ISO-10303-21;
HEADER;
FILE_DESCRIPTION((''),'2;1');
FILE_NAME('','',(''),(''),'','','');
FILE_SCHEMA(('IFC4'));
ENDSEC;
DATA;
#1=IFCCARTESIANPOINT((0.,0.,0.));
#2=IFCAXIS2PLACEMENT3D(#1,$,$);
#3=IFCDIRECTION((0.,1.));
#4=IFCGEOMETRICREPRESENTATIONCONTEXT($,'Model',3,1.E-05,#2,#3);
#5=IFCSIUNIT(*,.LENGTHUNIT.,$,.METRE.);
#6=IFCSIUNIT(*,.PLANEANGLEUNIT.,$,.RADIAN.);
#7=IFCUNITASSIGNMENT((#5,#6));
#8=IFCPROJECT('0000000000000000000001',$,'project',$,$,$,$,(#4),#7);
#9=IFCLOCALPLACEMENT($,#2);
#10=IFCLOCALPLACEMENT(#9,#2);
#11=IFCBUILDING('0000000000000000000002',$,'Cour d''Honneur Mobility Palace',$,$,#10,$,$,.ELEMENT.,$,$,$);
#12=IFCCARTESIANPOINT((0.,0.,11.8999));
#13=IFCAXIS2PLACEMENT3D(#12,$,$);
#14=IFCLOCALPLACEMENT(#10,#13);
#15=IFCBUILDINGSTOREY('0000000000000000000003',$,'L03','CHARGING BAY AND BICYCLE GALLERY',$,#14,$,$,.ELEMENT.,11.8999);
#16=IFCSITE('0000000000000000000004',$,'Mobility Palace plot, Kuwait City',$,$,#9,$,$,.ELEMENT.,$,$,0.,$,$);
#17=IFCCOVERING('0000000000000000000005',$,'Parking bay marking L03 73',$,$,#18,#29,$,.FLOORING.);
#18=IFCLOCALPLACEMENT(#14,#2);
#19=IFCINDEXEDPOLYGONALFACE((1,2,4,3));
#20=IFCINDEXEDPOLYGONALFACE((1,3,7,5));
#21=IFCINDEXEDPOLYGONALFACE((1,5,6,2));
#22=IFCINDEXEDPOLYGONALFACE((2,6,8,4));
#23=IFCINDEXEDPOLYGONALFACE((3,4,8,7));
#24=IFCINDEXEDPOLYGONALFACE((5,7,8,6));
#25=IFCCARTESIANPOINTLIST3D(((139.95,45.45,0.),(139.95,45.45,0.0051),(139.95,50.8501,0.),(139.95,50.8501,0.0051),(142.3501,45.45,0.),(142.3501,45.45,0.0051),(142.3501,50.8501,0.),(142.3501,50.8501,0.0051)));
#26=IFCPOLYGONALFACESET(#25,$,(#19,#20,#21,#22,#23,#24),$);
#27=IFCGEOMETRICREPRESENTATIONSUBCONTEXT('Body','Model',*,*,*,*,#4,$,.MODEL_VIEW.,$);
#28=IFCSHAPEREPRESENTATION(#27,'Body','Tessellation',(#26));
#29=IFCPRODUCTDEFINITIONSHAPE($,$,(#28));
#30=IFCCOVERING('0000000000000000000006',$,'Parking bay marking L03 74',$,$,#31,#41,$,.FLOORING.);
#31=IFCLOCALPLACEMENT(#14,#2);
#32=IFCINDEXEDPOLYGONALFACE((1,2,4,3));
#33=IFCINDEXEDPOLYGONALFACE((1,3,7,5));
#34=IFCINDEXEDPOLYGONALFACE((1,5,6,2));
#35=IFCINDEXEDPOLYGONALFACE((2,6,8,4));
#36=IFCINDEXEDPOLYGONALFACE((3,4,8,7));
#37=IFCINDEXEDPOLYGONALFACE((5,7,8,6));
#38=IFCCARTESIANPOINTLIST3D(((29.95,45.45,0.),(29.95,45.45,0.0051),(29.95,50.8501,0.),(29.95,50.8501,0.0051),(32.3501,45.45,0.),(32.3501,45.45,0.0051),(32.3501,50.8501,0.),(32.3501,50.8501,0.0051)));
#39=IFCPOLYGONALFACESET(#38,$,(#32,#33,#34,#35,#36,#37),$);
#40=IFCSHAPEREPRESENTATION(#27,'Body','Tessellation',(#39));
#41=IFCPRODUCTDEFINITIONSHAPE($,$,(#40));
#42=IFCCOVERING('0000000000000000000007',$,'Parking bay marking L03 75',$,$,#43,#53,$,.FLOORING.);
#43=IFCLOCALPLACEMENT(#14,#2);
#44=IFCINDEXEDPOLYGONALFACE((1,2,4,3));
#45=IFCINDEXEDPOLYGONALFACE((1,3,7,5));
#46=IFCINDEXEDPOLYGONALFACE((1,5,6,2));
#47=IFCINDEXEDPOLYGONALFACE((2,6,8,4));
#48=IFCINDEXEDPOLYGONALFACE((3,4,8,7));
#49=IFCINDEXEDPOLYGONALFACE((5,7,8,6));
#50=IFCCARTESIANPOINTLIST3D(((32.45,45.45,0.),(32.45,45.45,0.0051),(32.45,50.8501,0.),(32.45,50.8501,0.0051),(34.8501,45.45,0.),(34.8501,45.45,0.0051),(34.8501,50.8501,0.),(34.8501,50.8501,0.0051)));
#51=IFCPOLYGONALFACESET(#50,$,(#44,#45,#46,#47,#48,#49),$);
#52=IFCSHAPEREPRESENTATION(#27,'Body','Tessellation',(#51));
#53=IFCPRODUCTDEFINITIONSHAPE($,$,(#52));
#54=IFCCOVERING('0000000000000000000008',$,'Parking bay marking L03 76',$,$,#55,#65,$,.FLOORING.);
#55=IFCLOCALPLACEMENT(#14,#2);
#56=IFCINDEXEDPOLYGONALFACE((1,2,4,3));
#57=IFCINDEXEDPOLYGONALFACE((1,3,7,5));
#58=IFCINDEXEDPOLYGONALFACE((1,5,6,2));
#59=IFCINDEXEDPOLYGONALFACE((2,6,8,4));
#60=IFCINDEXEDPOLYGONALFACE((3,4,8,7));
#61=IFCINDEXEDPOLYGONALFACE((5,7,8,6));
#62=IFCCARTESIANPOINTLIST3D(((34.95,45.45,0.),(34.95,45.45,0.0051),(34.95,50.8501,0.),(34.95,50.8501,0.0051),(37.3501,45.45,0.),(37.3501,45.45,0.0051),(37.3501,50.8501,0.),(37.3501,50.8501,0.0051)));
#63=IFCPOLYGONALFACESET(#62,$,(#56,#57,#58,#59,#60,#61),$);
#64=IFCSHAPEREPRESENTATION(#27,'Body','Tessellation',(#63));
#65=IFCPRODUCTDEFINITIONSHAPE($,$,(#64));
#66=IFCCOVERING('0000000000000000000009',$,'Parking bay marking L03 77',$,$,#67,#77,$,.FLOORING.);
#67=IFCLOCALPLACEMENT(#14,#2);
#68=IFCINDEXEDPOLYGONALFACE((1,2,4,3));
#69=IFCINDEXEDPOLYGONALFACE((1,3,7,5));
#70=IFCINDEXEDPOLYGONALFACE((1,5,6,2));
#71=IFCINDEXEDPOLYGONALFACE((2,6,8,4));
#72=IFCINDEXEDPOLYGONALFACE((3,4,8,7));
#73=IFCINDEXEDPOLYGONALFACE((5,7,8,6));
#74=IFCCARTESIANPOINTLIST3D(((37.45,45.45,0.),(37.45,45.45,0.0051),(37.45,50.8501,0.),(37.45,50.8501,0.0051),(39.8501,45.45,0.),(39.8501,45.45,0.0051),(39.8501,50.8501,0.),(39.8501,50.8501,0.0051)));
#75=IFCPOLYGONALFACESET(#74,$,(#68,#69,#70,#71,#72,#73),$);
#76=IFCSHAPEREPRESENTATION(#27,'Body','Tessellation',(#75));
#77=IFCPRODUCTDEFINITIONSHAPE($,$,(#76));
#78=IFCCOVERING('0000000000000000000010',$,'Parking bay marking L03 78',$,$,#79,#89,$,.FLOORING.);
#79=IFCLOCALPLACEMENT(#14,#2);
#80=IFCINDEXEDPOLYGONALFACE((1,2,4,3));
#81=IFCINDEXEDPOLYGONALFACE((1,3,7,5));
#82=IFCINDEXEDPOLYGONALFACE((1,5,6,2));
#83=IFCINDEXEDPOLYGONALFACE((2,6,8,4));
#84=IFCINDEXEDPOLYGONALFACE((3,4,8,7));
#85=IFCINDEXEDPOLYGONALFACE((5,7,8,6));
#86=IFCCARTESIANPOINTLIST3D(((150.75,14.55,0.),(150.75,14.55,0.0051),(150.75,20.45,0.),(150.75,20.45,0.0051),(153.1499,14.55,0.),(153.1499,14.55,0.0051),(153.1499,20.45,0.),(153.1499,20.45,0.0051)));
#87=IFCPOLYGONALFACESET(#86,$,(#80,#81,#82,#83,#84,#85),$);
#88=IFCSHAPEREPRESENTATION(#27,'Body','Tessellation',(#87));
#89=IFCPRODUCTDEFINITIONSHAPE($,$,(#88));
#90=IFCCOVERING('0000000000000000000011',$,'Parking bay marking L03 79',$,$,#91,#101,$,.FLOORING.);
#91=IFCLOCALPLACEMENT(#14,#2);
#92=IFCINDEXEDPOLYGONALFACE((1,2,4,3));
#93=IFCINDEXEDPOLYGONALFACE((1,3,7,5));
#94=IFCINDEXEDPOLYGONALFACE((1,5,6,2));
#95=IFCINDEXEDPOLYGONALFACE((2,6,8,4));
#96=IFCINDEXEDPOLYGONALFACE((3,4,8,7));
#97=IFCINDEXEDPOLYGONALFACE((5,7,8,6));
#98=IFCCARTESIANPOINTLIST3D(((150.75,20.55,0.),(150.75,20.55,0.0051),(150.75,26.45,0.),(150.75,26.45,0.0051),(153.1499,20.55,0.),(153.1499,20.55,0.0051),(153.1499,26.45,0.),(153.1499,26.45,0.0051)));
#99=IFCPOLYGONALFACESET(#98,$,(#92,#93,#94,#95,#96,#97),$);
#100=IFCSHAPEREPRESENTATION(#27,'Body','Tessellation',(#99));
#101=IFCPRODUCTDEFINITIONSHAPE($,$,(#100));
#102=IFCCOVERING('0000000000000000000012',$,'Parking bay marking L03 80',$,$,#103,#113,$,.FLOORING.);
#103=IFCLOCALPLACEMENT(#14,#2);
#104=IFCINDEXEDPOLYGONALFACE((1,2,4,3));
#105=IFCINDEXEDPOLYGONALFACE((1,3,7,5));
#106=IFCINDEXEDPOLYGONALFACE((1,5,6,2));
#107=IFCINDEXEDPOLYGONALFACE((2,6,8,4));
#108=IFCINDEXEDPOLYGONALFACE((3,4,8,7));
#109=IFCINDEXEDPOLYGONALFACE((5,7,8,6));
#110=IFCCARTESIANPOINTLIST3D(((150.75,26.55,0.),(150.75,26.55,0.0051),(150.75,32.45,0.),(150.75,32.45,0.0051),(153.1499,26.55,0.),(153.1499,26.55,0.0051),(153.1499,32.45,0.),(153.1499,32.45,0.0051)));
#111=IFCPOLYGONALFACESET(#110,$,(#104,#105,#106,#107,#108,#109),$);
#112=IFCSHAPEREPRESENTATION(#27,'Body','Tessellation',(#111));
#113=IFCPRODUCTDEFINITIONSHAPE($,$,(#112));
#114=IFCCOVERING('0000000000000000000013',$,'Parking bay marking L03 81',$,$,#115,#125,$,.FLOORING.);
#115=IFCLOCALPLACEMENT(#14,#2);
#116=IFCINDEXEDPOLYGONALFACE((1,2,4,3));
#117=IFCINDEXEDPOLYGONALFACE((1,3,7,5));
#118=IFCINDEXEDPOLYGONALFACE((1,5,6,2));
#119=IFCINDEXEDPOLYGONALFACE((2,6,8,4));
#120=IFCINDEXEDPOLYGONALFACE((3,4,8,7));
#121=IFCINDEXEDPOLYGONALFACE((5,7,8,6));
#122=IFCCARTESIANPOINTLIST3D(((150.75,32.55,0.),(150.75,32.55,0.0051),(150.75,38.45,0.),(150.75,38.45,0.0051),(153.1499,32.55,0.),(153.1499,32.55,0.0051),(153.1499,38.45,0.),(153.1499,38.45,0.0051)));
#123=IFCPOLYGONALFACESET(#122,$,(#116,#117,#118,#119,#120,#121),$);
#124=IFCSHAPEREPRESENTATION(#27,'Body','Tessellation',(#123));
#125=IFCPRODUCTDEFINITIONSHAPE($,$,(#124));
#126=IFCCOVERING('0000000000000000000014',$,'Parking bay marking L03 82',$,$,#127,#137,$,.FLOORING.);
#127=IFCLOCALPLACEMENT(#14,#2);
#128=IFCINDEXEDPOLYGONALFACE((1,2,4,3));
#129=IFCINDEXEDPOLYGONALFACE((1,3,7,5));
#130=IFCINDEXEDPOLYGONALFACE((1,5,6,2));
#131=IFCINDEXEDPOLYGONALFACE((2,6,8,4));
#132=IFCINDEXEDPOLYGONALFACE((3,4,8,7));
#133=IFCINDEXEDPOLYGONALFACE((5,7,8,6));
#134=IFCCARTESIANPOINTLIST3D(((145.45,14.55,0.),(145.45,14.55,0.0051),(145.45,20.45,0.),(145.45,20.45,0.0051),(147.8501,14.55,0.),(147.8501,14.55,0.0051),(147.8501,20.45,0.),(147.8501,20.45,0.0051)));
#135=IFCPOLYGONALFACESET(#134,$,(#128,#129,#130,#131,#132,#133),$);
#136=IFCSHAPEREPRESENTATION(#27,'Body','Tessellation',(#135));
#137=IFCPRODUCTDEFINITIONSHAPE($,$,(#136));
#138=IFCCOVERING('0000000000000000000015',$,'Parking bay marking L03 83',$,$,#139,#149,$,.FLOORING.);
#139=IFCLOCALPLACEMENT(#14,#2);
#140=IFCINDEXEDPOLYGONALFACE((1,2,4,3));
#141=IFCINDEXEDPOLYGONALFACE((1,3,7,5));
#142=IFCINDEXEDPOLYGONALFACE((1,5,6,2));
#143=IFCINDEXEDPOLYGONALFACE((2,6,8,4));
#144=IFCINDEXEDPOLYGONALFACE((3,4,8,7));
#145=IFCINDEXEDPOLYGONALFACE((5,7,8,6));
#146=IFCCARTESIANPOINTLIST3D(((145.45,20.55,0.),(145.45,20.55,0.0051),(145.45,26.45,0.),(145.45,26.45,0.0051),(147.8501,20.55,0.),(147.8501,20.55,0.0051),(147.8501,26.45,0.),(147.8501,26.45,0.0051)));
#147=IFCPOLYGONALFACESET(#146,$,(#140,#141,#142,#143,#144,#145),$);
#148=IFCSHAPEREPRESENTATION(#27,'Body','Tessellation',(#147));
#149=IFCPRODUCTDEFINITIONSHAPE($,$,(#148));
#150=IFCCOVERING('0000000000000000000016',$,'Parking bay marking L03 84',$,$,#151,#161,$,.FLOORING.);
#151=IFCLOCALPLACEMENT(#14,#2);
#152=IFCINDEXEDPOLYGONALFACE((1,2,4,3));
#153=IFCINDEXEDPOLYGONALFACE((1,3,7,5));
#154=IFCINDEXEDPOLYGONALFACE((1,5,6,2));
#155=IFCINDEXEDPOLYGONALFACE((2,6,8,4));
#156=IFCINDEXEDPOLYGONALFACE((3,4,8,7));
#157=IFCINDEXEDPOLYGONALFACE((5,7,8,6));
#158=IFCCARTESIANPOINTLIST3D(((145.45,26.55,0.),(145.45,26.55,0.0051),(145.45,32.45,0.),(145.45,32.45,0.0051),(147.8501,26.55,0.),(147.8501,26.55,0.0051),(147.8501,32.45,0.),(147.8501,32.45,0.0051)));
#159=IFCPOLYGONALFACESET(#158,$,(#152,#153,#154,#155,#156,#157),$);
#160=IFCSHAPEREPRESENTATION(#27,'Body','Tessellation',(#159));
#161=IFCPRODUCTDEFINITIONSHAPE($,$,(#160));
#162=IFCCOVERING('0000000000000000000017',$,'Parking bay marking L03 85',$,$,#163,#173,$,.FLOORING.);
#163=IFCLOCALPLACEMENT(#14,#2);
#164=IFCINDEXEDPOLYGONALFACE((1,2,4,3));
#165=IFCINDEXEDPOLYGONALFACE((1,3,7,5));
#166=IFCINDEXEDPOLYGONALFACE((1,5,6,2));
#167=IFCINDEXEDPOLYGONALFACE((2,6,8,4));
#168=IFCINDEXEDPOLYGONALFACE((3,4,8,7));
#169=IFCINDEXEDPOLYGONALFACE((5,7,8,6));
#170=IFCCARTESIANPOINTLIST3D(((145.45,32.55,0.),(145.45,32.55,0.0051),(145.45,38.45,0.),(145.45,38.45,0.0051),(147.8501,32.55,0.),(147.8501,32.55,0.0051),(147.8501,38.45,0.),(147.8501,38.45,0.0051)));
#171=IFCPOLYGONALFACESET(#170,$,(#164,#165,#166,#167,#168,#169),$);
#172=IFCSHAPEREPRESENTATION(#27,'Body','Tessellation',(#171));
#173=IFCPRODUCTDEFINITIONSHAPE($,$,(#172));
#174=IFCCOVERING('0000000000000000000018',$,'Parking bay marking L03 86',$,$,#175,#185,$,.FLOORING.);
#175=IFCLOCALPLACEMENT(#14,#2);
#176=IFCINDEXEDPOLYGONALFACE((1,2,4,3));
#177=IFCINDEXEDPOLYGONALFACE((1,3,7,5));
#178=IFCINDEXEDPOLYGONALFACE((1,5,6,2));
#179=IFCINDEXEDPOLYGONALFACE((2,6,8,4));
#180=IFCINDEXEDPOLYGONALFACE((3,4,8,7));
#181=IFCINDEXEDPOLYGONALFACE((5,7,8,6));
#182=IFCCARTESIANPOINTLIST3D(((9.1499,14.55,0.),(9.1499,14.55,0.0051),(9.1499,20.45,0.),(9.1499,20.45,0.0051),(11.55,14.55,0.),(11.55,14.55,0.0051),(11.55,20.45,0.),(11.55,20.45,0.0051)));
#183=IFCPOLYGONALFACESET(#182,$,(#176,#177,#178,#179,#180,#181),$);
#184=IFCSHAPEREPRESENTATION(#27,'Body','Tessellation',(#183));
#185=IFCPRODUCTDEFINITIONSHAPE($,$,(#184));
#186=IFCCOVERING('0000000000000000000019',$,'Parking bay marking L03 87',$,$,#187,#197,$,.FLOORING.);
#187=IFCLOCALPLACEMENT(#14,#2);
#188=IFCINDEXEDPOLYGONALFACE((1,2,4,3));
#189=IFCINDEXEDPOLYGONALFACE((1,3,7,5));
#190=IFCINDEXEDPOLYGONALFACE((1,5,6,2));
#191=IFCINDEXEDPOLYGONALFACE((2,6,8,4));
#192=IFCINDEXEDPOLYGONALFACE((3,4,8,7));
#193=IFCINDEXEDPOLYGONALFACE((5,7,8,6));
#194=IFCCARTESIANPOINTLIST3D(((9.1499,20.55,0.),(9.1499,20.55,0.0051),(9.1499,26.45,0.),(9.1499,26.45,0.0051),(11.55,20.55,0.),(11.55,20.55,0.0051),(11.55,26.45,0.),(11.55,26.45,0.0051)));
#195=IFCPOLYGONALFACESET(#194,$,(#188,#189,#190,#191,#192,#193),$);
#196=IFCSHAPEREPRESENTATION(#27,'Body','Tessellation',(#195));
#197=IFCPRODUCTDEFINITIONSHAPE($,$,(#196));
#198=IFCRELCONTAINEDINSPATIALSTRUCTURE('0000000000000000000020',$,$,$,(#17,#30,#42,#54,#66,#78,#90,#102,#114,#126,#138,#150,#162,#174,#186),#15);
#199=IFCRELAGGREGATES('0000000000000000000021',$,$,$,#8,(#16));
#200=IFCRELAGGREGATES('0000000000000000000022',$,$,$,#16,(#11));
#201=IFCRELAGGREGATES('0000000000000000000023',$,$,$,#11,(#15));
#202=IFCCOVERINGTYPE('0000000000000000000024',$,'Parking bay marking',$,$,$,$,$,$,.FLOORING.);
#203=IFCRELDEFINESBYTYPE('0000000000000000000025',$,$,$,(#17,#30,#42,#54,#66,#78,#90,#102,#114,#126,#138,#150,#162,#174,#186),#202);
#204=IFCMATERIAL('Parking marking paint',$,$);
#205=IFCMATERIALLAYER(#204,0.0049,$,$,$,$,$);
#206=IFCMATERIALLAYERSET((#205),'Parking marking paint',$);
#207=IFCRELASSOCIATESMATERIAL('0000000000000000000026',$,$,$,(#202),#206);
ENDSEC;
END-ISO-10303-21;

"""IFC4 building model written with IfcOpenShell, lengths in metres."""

from ifc_helpers import new_model, si_unit, direction, frame, origin, place, context, subcontext, project, spatial, polyline, outline, extrude, material, layer, layer_set, type_object, element, save


model = new_model("IFC4")

# Units and contexts
model_context = context("Model", 3, precision=1e-05, world=origin(), true_north=direction((0.0, 1.0)))
body_context = subcontext(model_context, "Body", "Model", "MODEL_VIEW")
ifc_project = project(units=[si_unit("LENGTHUNIT", "METRE"), si_unit("PLANEANGLEUNIT", "RADIAN")], contexts=[model_context])

# Site, building, storey
site_placement = place(None, origin())
site = spatial("IfcSite", under=ifc_project, at=site_placement, Name="Mobility Palace plot, Kuwait City", CompositionType="ELEMENT", RefElevation=0.0)
building_placement = place(site_placement, origin())
building = spatial("IfcBuilding", under=site, at=building_placement, Name="Cour d'Honneur Mobility Palace", CompositionType="ELEMENT")
storey_placement = place(building_placement, frame((0.0, 0.0, 11.8999)))
storey = spatial("IfcBuildingStorey", under=building, at=storey_placement, Name="L03", Description="CHARGING BAY AND BICYCLE GALLERY", CompositionType="ELEMENT", Elevation=11.8999)

# Coverings
ifc_material_1 = material(Name="Parking marking paint")
ifc_layer_1 = layer(ifc_material_1, 0.0049)
ifc_layer_set_1 = layer_set([ifc_layer_1], Name="Parking marking paint")
covering_type = type_object("IfcCoveringType", Name="Parking bay marking", PredefinedType="FLOORING", material=ifc_layer_set_1)
covering_1_placement = place(storey_placement, origin())
element("IfcCovering", 1, at=covering_1_placement, inside=storey, type_object=covering_type, Name="Parking bay marking L03 73", PredefinedType="FLOORING", context=body_context, shape_type="SweptSolid", body=[
    extrude(outline(polyline([(142.3501, 45.45), (139.95, 45.45), (139.95, 50.8501), (142.3501, 50.8501), (142.3501, 45.45)])), origin(), (0.0, 0.0, 1.0), 0.0051),
])
covering_2_placement = place(storey_placement, origin())
element("IfcCovering", 2, at=covering_2_placement, inside=storey, type_object=covering_type, Name="Parking bay marking L03 74", PredefinedType="FLOORING", context=body_context, shape_type="SweptSolid", body=[
    extrude(outline(polyline([(32.3501, 45.45), (29.95, 45.45), (29.95, 50.8501), (32.3501, 50.8501), (32.3501, 45.45)])), origin(), (0.0, 0.0, 1.0), 0.0051),
])
covering_3_placement = place(storey_placement, origin())
element("IfcCovering", 3, at=covering_3_placement, inside=storey, type_object=covering_type, Name="Parking bay marking L03 75", PredefinedType="FLOORING", context=body_context, shape_type="SweptSolid", body=[
    extrude(outline(polyline([(34.8501, 45.45), (32.45, 45.45), (32.45, 50.8501), (34.8501, 50.8501), (34.8501, 45.45)])), origin(), (0.0, 0.0, 1.0), 0.0051),
])
covering_4_placement = place(storey_placement, origin())
element("IfcCovering", 4, at=covering_4_placement, inside=storey, type_object=covering_type, Name="Parking bay marking L03 76", PredefinedType="FLOORING", context=body_context, shape_type="SweptSolid", body=[
    extrude(outline(polyline([(37.3501, 45.45), (34.95, 45.45), (34.95, 50.8501), (37.3501, 50.8501), (37.3501, 45.45)])), origin(), (0.0, 0.0, 1.0), 0.0051),
])
covering_5_placement = place(storey_placement, origin())
element("IfcCovering", 5, at=covering_5_placement, inside=storey, type_object=covering_type, Name="Parking bay marking L03 77", PredefinedType="FLOORING", context=body_context, shape_type="SweptSolid", body=[
    extrude(outline(polyline([(39.8501, 45.45), (37.45, 45.45), (37.45, 50.8501), (39.8501, 50.8501), (39.8501, 45.45)])), origin(), (0.0, 0.0, 1.0), 0.0051),
])
covering_6_placement = place(storey_placement, origin())
element("IfcCovering", 6, at=covering_6_placement, inside=storey, type_object=covering_type, Name="Parking bay marking L03 78", PredefinedType="FLOORING", context=body_context, shape_type="SweptSolid", body=[
    extrude(outline(polyline([(153.1499, 14.55), (150.75, 14.55), (150.75, 20.45), (153.1499, 20.45), (153.1499, 14.55)])), origin(), (0.0, 0.0, 1.0), 0.0051),
])
covering_7_placement = place(storey_placement, origin())
element("IfcCovering", 7, at=covering_7_placement, inside=storey, type_object=covering_type, Name="Parking bay marking L03 79", PredefinedType="FLOORING", context=body_context, shape_type="SweptSolid", body=[
    extrude(outline(polyline([(153.1499, 20.55), (150.75, 20.55), (150.75, 26.45), (153.1499, 26.45), (153.1499, 20.55)])), origin(), (0.0, 0.0, 1.0), 0.0051),
])
covering_8_placement = place(storey_placement, origin())
element("IfcCovering", 8, at=covering_8_placement, inside=storey, type_object=covering_type, Name="Parking bay marking L03 80", PredefinedType="FLOORING", context=body_context, shape_type="SweptSolid", body=[
    extrude(outline(polyline([(153.1499, 26.55), (150.75, 26.55), (150.75, 32.45), (153.1499, 32.45), (153.1499, 26.55)])), origin(), (0.0, 0.0, 1.0), 0.0051),
])
covering_9_placement = place(storey_placement, origin())
element("IfcCovering", 9, at=covering_9_placement, inside=storey, type_object=covering_type, Name="Parking bay marking L03 81", PredefinedType="FLOORING", context=body_context, shape_type="SweptSolid", body=[
    extrude(outline(polyline([(153.1499, 32.55), (150.75, 32.55), (150.75, 38.45), (153.1499, 38.45), (153.1499, 32.55)])), origin(), (0.0, 0.0, 1.0), 0.0051),
])
covering_10_placement = place(storey_placement, origin())
element("IfcCovering", 10, at=covering_10_placement, inside=storey, type_object=covering_type, Name="Parking bay marking L03 82", PredefinedType="FLOORING", context=body_context, shape_type="SweptSolid", body=[
    extrude(outline(polyline([(147.8501, 14.55), (145.45, 14.55), (145.45, 20.45), (147.8501, 20.45), (147.8501, 14.55)])), origin(), (0.0, 0.0, 1.0), 0.0051),
])
covering_11_placement = place(storey_placement, origin())
element("IfcCovering", 11, at=covering_11_placement, inside=storey, type_object=covering_type, Name="Parking bay marking L03 83", PredefinedType="FLOORING", context=body_context, shape_type="SweptSolid", body=[
    extrude(outline(polyline([(147.8501, 20.55), (145.45, 20.55), (145.45, 26.45), (147.8501, 26.45), (147.8501, 20.55)])), origin(), (0.0, 0.0, 1.0), 0.0051),
])
covering_12_placement = place(storey_placement, origin())
element("IfcCovering", 12, at=covering_12_placement, inside=storey, type_object=covering_type, Name="Parking bay marking L03 84", PredefinedType="FLOORING", context=body_context, shape_type="SweptSolid", body=[
    extrude(outline(polyline([(147.8501, 26.55), (145.45, 26.55), (145.45, 32.45), (147.8501, 32.45), (147.8501, 26.55)])), origin(), (0.0, 0.0, 1.0), 0.0051),
])
covering_13_placement = place(storey_placement, origin())
element("IfcCovering", 13, at=covering_13_placement, inside=storey, type_object=covering_type, Name="Parking bay marking L03 85", PredefinedType="FLOORING", context=body_context, shape_type="SweptSolid", body=[
    extrude(outline(polyline([(147.8501, 32.55), (145.45, 32.55), (145.45, 38.45), (147.8501, 38.45), (147.8501, 32.55)])), origin(), (0.0, 0.0, 1.0), 0.0051),
])
covering_14_placement = place(storey_placement, origin())
element("IfcCovering", 14, at=covering_14_placement, inside=storey, type_object=covering_type, Name="Parking bay marking L03 86", PredefinedType="FLOORING", context=body_context, shape_type="SweptSolid", body=[
    extrude(outline(polyline([(11.55, 14.55), (9.1499, 14.55), (9.1499, 20.45), (11.55, 20.45), (11.55, 14.55)])), origin(), (0.0, 0.0, 1.0), 0.0051),
])
covering_15_placement = place(storey_placement, origin())
element("IfcCovering", 15, at=covering_15_placement, inside=storey, type_object=covering_type, Name="Parking bay marking L03 87", PredefinedType="FLOORING", context=body_context, shape_type="SweptSolid", body=[
    extrude(outline(polyline([(11.55, 20.55), (9.1499, 20.55), (9.1499, 26.45), (11.55, 26.45), (11.55, 20.55)])), origin(), (0.0, 0.0, 1.0), 0.0051),
])

save(model, "model.ifc")
